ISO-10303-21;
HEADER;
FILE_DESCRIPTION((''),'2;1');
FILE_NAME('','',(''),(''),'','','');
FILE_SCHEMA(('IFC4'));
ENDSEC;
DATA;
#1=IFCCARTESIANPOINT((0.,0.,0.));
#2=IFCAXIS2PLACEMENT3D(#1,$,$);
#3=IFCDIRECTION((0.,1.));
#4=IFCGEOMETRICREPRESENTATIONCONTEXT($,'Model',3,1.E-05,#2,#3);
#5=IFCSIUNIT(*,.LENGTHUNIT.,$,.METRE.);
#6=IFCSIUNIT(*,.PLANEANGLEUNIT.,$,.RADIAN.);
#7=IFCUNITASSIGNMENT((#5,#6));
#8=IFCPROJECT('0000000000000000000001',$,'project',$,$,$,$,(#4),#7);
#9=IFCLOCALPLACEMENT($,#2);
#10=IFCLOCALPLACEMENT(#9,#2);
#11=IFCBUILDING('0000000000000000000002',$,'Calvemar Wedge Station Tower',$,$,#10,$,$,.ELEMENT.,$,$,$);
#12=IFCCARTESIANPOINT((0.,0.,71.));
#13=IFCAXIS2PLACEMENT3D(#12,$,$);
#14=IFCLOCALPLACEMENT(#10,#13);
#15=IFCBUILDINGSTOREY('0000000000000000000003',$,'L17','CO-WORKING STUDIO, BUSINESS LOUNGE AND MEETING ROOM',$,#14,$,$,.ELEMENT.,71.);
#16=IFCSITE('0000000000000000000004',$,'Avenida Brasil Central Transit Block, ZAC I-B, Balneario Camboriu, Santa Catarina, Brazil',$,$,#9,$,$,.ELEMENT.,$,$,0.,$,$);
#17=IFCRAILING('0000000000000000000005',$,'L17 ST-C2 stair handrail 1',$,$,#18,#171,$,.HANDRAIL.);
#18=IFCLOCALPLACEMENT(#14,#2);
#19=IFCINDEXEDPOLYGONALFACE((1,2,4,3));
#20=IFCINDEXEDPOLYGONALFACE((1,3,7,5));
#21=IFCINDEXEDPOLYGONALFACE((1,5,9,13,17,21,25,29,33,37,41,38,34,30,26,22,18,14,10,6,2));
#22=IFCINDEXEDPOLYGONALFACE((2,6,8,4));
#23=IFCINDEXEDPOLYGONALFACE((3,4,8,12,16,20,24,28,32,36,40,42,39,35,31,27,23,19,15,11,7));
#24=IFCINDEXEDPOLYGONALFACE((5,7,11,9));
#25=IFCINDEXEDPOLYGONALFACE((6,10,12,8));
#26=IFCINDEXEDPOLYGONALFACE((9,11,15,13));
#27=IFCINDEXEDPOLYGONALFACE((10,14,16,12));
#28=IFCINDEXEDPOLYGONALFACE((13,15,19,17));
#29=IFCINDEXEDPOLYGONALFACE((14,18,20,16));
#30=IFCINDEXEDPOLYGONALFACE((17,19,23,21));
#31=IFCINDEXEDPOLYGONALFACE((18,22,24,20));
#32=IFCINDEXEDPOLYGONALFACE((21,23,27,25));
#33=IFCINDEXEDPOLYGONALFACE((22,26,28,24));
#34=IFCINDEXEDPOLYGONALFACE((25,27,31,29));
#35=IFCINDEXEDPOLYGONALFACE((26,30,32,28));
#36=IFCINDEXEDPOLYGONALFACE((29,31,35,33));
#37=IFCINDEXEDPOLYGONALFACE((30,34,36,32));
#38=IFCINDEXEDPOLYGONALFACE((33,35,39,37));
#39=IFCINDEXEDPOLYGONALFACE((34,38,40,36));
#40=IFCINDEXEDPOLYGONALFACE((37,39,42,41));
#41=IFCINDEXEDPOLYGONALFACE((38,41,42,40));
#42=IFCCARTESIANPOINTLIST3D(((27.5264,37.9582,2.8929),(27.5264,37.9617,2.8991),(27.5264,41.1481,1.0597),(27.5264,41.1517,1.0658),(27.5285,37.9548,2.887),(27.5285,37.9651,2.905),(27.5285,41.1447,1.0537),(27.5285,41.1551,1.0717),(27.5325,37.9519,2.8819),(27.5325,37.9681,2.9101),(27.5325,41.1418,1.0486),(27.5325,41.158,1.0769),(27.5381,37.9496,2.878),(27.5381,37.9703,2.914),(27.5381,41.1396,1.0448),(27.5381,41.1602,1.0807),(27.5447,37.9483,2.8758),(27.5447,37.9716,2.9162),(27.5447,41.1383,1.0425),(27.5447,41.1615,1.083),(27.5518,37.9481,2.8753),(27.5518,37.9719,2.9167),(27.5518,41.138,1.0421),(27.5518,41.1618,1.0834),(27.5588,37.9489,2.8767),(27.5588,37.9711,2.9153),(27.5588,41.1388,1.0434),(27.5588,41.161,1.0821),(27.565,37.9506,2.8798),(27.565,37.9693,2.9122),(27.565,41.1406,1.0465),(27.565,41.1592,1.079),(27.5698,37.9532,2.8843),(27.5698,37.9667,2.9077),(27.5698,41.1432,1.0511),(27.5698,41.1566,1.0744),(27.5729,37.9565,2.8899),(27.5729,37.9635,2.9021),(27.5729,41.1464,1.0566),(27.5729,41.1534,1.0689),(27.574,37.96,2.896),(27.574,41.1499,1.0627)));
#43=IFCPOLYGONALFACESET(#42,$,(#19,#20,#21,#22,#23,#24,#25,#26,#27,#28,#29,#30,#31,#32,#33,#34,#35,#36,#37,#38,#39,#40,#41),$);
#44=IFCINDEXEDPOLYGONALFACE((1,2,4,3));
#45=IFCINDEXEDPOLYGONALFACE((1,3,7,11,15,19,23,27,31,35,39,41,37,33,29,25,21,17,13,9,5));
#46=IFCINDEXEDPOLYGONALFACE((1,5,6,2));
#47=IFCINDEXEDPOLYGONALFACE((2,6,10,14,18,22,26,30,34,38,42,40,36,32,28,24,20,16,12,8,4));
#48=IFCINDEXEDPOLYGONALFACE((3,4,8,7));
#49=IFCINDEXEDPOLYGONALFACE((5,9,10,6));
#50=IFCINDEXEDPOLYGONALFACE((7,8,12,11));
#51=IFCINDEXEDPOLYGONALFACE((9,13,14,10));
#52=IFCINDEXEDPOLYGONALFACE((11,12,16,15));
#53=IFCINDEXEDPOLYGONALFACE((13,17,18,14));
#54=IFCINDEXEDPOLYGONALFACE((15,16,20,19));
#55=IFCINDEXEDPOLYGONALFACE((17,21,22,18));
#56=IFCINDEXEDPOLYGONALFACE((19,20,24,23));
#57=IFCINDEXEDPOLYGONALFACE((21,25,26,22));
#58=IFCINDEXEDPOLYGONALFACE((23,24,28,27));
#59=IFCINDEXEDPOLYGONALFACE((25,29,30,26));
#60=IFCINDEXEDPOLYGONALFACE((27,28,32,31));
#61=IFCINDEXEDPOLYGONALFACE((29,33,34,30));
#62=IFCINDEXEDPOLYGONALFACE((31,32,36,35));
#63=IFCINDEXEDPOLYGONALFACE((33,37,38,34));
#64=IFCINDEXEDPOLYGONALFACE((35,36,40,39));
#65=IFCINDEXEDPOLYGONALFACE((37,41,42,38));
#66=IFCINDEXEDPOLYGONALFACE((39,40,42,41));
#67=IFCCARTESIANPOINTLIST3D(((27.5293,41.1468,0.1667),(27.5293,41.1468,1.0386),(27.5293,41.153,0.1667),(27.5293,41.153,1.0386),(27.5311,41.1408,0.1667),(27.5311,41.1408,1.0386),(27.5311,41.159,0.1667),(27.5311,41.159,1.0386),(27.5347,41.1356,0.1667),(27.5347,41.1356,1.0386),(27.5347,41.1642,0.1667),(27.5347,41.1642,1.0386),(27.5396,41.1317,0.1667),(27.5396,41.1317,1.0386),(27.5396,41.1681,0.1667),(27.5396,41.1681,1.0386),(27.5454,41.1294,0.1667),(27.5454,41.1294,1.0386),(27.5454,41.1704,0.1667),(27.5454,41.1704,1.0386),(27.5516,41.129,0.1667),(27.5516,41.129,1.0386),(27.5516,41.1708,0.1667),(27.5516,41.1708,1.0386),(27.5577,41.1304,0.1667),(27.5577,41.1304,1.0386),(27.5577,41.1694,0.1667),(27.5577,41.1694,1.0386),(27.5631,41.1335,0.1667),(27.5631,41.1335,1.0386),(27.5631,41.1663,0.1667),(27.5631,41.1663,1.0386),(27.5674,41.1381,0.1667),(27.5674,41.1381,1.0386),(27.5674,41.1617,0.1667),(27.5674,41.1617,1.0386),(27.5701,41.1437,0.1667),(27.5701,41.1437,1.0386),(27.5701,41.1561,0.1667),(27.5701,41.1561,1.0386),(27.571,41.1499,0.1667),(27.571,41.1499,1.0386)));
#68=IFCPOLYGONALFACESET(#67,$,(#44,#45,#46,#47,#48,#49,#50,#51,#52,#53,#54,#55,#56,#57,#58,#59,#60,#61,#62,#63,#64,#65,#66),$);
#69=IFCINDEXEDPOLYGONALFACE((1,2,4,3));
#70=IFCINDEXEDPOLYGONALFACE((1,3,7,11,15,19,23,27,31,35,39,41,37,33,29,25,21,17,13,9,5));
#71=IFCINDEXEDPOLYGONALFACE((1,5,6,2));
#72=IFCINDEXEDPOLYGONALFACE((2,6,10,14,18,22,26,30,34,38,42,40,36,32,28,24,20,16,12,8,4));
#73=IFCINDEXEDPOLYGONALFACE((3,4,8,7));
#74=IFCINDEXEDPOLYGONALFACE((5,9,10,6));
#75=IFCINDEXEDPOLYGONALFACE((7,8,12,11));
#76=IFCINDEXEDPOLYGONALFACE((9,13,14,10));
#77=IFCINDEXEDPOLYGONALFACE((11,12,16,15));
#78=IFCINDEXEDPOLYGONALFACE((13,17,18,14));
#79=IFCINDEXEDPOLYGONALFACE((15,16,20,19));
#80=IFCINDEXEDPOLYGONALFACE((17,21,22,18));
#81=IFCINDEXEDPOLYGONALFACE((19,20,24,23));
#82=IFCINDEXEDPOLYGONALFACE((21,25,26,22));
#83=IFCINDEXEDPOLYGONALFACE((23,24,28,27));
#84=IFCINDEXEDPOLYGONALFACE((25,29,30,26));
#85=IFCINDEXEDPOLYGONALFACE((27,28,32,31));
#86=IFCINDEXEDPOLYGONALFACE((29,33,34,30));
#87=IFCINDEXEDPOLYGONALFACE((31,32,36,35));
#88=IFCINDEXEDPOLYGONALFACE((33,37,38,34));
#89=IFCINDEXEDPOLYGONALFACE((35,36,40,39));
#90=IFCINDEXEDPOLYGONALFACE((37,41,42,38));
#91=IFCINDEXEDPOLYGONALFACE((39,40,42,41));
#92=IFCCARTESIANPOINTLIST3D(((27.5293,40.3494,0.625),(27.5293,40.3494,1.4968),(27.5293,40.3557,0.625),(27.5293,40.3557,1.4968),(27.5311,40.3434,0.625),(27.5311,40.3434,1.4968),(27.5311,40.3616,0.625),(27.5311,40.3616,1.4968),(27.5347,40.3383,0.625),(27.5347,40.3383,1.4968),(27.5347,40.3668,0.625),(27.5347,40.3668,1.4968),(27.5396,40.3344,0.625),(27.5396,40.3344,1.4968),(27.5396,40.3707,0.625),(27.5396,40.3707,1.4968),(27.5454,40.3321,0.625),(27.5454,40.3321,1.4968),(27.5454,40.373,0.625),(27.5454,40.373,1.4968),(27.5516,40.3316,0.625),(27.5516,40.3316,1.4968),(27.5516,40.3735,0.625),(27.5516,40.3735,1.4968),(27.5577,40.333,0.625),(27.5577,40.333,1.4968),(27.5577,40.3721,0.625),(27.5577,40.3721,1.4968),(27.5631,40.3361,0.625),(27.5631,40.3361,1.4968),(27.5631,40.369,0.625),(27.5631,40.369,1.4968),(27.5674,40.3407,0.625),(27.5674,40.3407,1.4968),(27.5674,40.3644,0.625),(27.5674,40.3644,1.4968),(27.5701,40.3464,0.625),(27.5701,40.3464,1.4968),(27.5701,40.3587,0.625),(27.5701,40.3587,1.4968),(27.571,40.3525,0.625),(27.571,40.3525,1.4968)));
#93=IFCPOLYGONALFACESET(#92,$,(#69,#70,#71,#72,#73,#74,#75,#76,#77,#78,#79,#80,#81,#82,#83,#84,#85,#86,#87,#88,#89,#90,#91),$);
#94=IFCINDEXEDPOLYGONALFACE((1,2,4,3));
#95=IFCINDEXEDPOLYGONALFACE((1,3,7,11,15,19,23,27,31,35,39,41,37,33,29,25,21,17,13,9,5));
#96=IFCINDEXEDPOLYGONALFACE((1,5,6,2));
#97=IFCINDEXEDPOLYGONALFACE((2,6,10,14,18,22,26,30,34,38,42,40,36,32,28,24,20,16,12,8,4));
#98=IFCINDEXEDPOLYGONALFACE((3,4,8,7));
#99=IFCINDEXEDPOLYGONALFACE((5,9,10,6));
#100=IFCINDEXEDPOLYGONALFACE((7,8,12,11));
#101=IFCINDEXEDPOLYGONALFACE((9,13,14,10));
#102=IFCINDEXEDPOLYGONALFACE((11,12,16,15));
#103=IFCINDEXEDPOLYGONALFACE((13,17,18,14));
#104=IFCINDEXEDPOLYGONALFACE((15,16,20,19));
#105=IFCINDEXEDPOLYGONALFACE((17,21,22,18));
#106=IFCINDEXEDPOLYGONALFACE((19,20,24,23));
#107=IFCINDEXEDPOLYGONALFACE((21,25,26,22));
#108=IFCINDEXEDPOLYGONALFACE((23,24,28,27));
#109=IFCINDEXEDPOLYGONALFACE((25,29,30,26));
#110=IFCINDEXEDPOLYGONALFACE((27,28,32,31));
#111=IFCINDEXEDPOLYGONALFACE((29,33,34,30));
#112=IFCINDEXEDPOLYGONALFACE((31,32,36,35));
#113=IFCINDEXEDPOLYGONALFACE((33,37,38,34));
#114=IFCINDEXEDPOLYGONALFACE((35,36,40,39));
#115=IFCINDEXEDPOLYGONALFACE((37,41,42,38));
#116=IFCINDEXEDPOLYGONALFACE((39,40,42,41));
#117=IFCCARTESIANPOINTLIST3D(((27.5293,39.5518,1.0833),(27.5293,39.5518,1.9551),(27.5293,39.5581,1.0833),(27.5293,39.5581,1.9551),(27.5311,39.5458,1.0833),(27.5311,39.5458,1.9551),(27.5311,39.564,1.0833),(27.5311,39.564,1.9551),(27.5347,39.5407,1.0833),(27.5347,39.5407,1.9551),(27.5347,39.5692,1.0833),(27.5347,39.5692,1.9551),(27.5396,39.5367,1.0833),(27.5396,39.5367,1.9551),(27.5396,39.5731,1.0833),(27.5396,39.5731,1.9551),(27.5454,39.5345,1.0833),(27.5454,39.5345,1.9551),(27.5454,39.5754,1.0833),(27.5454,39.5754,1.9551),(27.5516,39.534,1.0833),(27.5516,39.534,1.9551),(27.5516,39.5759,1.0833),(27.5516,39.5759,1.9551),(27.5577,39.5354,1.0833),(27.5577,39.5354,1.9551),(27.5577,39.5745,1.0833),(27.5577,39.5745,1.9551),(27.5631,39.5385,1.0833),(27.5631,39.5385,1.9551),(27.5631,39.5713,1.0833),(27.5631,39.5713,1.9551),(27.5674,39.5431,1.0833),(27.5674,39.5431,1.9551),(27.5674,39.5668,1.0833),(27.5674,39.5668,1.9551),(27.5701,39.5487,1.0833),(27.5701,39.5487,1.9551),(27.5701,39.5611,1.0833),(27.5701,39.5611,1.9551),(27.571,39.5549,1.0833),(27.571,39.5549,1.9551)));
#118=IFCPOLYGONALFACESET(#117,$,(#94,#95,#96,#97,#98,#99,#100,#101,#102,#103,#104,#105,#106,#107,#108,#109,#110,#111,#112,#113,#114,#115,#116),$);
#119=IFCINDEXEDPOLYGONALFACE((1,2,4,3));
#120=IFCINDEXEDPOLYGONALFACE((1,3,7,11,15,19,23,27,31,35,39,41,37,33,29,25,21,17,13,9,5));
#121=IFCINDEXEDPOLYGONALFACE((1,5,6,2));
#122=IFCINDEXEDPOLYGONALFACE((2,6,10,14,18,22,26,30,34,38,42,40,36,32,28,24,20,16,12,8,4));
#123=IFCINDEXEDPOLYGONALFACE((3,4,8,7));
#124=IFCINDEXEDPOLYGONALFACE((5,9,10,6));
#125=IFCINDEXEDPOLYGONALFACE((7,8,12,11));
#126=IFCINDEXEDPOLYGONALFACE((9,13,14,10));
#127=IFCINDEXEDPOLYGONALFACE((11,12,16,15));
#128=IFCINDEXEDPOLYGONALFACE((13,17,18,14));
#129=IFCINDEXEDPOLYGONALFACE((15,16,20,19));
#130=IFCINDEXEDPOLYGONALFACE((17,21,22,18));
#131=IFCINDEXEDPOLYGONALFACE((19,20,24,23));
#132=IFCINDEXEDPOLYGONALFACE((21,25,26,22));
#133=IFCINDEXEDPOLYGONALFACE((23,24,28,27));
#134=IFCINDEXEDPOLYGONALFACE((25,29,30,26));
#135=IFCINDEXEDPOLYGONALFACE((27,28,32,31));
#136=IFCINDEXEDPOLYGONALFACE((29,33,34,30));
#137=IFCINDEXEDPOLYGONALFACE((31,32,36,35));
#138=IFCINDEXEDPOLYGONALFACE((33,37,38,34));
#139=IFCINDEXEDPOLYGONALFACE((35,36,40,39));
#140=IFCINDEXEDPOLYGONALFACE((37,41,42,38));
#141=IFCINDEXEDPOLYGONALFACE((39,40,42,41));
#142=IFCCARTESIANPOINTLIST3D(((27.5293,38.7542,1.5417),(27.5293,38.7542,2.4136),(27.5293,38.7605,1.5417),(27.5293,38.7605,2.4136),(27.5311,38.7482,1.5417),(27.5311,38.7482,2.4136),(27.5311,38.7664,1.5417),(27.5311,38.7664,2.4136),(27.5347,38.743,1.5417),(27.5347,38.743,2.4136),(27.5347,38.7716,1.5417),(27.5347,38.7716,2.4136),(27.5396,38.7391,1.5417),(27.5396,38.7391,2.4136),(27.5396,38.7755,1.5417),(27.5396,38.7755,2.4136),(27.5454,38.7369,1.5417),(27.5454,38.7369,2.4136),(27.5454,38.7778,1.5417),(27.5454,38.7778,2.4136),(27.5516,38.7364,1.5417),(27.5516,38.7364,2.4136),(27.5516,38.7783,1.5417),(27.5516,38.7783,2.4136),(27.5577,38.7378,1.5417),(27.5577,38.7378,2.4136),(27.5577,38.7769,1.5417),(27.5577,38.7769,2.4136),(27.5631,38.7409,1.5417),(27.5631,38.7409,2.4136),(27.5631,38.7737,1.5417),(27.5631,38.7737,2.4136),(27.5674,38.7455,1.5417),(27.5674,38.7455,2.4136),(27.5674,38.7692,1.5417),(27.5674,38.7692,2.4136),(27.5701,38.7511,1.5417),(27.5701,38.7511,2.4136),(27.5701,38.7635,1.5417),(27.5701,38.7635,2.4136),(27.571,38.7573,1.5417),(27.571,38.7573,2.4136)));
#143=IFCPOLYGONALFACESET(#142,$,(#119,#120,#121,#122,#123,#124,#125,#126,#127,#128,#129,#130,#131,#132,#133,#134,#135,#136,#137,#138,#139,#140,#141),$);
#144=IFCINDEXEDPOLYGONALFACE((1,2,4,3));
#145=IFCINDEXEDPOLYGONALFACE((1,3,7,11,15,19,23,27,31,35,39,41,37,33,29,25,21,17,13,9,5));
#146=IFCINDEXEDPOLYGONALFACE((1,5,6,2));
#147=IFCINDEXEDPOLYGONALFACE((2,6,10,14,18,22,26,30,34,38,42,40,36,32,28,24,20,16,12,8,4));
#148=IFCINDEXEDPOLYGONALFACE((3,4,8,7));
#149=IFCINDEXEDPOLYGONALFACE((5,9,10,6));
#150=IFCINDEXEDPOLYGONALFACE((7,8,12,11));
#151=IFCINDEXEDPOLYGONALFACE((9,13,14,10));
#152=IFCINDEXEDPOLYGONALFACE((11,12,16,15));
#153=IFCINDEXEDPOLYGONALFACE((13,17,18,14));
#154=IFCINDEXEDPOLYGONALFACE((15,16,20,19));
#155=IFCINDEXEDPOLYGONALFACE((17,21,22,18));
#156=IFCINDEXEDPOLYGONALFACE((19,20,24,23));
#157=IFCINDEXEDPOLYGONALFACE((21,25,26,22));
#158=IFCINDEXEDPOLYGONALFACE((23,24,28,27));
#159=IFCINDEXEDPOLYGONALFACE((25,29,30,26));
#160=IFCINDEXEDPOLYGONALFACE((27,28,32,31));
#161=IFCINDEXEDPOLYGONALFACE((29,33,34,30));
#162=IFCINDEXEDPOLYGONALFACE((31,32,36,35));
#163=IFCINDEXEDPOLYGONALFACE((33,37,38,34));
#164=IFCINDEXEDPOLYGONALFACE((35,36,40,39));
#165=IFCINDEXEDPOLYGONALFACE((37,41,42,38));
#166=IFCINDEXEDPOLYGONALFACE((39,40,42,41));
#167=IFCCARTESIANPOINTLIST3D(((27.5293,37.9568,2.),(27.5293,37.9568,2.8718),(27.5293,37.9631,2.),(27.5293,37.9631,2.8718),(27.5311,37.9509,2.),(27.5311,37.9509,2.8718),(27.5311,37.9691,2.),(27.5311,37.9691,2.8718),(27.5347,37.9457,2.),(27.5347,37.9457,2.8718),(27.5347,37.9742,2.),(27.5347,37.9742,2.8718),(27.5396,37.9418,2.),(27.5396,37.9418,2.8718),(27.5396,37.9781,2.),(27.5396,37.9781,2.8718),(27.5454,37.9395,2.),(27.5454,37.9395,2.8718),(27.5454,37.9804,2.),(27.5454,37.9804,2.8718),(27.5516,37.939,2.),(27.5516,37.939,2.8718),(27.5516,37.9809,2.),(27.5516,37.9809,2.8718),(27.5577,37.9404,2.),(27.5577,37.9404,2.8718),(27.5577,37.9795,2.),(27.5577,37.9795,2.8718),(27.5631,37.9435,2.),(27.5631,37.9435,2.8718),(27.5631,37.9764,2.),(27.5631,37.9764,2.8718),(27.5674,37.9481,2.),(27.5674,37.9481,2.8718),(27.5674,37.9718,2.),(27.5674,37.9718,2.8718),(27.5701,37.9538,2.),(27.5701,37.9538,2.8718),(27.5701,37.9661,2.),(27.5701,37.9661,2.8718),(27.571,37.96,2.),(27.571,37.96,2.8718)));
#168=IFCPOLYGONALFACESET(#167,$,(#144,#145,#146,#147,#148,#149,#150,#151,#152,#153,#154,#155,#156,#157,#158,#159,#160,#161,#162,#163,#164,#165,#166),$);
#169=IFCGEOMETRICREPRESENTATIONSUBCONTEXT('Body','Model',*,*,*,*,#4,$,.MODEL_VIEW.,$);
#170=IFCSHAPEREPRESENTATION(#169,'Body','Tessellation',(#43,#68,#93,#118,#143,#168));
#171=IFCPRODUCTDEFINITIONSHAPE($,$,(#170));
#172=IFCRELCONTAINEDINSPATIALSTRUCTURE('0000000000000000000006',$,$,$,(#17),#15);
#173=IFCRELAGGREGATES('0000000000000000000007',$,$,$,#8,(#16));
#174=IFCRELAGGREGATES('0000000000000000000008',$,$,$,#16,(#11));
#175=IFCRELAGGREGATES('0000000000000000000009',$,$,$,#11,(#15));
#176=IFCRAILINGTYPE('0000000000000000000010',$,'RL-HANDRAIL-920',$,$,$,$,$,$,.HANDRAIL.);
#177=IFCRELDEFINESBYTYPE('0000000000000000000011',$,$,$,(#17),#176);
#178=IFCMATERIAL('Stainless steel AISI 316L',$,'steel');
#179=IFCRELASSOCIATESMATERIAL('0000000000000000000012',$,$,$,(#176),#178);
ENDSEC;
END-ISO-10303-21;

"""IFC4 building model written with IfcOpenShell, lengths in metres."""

from ifc_helpers import new_model, si_unit, direction, frame, origin, origin_2d, place, context, subcontext, project, spatial, circle, extrude, material, type_object, element, save


model = new_model("IFC4")

# Units and contexts
model_context = context("Model", 3, precision=1e-05, world=origin(), true_north=direction((0.0, 1.0)))
body_context = subcontext(model_context, "Body", "Model", "MODEL_VIEW")
ifc_project = project(units=[si_unit("LENGTHUNIT", "METRE"), si_unit("PLANEANGLEUNIT", "RADIAN")], contexts=[model_context])

# Site, building, storey
site_placement = place(None, origin())
site = spatial("IfcSite", under=ifc_project, at=site_placement, Name="Avenida Brasil Central Transit Block, ZAC I-B, Balneario Camboriu, Santa Catarina, Brazil", CompositionType="ELEMENT", RefElevation=0.0)
building_placement = place(site_placement, origin())
building = spatial("IfcBuilding", under=site, at=building_placement, Name="Calvemar Wedge Station Tower", CompositionType="ELEMENT")
storey_placement = place(building_placement, frame((0.0, 0.0, 71.0)))
storey = spatial("IfcBuildingStorey", under=building, at=storey_placement, Name="L17", Description="CO-WORKING STUDIO, BUSINESS LOUNGE AND MEETING ROOM", CompositionType="ELEMENT", Elevation=71.0)

# Railing
ifc_material_1 = material(Name="Stainless steel AISI 316L", Category="steel")
railing_type_1 = type_object("IfcRailingType", Name="RL-HANDRAIL-920", PredefinedType="HANDRAIL", material=ifc_material_1)
railing_1_placement = place(storey_placement, frame((27.55, 41.1499, 0.1667)))
element("IfcRailing", 1, at=railing_1_placement, inside=storey, type_object=railing_type_1, Name="L17 ST-C2 stair handrail 1", PredefinedType="HANDRAIL", context=body_context, shape_type="SweptSolid", body=[
    extrude(circle(Radius=0.0239, at=origin_2d()), frame((0.0, 0.0, 0.896), z_axis=(0.0, -0.86702, 0.498274), x_axis=(1.0, 0.0, 0.0)), (0.0, 0.0, 1.0), 3.6792),
    extrude(circle(Radius=0.021, at=origin_2d()), origin(), (0.0, 0.0, 1.0), 0.8718),
    extrude(circle(Radius=0.021, at=origin_2d()), frame((0.0, -0.7974, 0.4583)), (0.0, 0.0, 1.0), 0.8718),
    extrude(circle(Radius=0.021, at=origin_2d()), frame((0.0, -1.595, 0.9165)), (0.0, 0.0, 1.0), 0.8718),
    extrude(circle(Radius=0.021, at=origin_2d()), frame((0.0, -2.3926, 1.375)), (0.0, 0.0, 1.0), 0.8718),
    extrude(circle(Radius=0.021, at=origin_2d()), frame((0.0, -3.1899, 1.8333)), (0.0, 0.0, 1.0), 0.8718),
])

save(model, "model.ifc")
